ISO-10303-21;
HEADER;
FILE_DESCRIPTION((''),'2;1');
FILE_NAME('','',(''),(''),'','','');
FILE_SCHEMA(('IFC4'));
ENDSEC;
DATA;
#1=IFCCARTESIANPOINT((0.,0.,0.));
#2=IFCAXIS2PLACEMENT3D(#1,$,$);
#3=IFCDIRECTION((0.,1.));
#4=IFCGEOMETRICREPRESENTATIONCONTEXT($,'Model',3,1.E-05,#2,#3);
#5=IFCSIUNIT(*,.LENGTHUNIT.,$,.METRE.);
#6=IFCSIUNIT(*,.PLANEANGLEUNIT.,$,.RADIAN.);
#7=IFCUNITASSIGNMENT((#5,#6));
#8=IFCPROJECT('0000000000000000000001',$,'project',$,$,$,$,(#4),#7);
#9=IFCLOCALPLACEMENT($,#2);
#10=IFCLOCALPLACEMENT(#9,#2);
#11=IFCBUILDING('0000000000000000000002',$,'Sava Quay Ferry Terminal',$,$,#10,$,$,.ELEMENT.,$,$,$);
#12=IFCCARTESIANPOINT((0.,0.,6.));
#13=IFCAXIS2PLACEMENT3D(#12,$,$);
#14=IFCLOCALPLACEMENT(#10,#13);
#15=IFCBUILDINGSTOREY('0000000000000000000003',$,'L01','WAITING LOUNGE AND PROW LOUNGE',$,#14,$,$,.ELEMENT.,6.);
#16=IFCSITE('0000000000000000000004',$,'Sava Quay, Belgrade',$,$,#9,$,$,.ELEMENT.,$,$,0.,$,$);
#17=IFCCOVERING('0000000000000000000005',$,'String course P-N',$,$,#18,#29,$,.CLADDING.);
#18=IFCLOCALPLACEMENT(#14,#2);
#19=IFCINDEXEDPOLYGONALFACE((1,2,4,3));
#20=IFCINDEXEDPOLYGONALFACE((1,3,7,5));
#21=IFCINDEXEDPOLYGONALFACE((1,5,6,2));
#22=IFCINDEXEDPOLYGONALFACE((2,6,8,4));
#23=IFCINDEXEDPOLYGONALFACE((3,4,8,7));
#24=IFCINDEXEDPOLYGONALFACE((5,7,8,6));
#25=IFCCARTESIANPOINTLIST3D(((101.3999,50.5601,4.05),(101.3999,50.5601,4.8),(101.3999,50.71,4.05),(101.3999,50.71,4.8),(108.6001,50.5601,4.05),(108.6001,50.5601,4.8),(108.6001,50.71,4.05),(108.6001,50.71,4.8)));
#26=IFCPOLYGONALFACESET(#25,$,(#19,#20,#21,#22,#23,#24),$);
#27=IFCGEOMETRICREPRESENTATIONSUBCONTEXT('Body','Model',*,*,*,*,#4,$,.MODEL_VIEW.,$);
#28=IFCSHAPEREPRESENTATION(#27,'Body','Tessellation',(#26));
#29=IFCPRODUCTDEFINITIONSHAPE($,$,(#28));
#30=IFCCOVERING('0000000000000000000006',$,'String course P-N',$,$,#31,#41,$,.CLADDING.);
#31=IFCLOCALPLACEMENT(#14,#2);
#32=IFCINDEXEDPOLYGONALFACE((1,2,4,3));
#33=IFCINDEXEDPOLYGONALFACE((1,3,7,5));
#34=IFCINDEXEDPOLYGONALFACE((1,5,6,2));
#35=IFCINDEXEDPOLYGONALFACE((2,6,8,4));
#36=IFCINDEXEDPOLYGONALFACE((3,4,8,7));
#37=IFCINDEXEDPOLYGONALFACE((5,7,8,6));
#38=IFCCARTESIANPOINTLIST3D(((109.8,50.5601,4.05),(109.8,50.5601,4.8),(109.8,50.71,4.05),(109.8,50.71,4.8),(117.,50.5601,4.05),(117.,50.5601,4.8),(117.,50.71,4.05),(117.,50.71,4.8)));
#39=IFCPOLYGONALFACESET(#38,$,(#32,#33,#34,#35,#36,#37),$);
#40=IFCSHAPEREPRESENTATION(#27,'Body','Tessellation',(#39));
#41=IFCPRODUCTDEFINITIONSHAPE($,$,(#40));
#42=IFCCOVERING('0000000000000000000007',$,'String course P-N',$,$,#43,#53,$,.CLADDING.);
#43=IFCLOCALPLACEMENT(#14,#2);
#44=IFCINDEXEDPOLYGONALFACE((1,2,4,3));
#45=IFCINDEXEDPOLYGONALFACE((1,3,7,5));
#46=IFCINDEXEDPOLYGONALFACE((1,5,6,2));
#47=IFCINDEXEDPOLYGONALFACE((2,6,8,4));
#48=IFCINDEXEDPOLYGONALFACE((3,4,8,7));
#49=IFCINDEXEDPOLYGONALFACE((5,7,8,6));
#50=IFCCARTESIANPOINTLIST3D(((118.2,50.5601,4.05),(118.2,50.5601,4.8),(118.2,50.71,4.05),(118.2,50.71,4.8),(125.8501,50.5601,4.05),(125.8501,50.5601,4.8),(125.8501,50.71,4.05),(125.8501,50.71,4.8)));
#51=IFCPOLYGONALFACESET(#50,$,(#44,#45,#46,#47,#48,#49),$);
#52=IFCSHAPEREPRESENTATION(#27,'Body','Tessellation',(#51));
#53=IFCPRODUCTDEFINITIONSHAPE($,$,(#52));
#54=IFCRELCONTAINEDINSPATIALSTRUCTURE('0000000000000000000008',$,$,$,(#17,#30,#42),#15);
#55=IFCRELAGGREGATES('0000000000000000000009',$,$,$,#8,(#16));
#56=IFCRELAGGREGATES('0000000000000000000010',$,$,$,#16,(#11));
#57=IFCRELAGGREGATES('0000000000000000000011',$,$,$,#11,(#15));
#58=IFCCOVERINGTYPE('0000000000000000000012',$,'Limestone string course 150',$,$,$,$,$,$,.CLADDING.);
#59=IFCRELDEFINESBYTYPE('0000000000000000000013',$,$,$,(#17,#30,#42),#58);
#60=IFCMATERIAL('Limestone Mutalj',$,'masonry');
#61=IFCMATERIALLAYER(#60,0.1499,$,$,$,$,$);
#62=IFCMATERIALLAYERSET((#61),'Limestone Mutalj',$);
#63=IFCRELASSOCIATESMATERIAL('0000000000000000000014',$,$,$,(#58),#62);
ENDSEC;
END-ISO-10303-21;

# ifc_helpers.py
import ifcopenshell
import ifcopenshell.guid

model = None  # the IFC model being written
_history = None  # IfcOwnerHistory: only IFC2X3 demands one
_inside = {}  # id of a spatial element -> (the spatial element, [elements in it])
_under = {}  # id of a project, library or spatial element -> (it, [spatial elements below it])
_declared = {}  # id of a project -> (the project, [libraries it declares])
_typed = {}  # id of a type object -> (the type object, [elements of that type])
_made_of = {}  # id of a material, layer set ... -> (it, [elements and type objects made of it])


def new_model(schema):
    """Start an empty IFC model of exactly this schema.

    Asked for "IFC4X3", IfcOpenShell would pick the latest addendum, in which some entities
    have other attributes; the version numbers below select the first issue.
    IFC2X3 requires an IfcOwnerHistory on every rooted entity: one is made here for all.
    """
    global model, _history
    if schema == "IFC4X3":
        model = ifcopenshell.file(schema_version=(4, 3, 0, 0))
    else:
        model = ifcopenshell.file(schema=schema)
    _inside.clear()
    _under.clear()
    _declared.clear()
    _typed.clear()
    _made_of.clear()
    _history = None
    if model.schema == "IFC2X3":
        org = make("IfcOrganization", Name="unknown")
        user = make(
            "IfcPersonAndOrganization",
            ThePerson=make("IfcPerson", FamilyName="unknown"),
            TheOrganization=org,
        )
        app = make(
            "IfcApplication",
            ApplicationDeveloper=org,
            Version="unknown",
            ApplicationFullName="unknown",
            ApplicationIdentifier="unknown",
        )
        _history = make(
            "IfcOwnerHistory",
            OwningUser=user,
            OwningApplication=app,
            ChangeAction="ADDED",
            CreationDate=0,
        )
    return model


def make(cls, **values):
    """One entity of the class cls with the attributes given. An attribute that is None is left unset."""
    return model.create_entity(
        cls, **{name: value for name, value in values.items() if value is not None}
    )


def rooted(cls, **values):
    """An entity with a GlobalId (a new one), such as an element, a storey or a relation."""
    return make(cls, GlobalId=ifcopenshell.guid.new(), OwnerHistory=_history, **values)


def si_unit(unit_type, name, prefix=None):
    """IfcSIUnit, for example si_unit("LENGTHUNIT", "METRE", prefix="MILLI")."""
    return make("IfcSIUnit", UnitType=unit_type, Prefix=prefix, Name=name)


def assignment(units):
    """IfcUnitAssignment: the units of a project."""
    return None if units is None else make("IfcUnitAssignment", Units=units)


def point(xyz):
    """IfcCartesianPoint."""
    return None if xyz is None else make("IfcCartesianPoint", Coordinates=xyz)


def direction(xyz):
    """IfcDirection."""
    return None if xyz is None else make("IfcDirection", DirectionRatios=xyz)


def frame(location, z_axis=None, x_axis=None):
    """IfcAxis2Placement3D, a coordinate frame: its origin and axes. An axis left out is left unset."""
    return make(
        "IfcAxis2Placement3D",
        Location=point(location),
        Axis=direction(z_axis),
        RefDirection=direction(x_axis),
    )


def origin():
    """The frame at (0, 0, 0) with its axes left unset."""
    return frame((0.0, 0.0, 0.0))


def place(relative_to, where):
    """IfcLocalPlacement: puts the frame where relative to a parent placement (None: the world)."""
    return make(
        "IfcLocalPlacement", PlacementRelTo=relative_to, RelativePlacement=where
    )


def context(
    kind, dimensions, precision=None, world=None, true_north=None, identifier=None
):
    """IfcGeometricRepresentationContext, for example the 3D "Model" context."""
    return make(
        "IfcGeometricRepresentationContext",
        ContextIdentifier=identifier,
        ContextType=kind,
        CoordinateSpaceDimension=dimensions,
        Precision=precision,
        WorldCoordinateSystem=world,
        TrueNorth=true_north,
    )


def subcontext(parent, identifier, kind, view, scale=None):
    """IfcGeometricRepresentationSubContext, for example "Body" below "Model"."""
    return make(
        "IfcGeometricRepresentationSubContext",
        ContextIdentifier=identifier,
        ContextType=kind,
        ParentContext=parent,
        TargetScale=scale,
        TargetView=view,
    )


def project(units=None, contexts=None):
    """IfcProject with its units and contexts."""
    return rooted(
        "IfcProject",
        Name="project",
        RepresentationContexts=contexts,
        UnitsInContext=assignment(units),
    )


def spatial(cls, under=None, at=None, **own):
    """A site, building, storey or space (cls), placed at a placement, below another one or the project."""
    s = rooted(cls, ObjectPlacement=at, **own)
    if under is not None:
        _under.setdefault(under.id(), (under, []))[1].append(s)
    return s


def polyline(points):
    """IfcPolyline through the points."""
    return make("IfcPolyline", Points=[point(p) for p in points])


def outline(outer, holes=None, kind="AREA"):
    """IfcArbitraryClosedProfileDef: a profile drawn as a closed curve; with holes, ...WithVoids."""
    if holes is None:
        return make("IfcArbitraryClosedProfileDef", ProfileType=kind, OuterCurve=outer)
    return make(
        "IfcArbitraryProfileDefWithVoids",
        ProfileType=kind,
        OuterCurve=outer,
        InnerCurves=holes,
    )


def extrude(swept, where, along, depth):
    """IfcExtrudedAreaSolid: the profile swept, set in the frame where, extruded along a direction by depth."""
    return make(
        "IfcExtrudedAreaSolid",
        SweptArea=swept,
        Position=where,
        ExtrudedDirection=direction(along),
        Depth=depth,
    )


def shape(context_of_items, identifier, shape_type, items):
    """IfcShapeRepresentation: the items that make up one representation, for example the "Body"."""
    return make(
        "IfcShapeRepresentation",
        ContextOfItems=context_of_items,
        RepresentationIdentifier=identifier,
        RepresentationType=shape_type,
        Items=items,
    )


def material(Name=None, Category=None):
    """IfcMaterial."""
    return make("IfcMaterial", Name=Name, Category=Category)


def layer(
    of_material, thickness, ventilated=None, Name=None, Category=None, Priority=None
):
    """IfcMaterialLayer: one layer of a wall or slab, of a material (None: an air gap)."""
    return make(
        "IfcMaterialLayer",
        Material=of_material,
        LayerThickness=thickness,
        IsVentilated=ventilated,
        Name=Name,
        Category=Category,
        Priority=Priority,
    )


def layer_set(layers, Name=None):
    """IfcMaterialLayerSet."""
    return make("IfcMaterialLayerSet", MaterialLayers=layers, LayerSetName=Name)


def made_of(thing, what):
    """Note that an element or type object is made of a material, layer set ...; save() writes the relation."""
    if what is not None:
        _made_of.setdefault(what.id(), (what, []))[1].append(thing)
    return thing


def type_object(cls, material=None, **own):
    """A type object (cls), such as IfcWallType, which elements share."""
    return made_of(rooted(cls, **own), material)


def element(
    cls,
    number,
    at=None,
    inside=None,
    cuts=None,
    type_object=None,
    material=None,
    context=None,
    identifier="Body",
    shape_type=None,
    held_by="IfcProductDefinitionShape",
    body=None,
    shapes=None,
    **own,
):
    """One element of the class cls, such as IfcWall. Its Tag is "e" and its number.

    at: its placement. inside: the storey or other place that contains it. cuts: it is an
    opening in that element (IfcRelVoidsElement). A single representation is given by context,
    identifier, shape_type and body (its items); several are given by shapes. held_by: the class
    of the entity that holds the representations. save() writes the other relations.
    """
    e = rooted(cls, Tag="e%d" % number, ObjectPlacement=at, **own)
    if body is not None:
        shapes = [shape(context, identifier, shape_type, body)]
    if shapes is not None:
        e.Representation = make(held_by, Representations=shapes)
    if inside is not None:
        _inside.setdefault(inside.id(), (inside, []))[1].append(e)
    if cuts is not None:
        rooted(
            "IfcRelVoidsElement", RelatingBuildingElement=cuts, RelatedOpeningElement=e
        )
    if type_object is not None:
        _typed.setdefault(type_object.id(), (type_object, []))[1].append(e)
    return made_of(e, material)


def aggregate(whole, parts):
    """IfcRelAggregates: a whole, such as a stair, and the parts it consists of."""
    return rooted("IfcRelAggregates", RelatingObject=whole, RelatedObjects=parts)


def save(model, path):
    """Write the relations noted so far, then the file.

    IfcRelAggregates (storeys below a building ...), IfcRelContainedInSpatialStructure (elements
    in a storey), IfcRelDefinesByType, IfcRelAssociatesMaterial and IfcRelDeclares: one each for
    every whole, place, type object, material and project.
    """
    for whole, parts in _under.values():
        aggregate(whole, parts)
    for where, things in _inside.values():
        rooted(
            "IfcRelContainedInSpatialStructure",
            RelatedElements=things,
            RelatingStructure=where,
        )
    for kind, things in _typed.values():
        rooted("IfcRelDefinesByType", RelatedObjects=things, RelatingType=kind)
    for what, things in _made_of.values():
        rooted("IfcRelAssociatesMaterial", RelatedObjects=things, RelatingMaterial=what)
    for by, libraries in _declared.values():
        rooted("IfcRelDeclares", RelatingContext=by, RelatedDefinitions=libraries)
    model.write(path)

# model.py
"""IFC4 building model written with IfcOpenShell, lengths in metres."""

from ifc_helpers import new_model, si_unit, direction, frame, origin, place, context, subcontext, project, spatial, polyline, outline, extrude, material, layer, layer_set, type_object, element, save


model = new_model("IFC4")

# Units and contexts
model_context = context("Model", 3, precision=1e-05, world=origin(), true_north=direction((0.0, 1.0)))
body_context = subcontext(model_context, "Body", "Model", "MODEL_VIEW")
ifc_project = project(units=[si_unit("LENGTHUNIT", "METRE"), si_unit("PLANEANGLEUNIT", "RADIAN")], contexts=[model_context])

# Site, building, storey
site_placement = place(None, origin())
site = spatial("IfcSite", under=ifc_project, at=site_placement, Name="Sava Quay, Belgrade", CompositionType="ELEMENT", RefElevation=0.0)
building_placement = place(site_placement, origin())
building = spatial("IfcBuilding", under=site, at=building_placement, Name="Sava Quay Ferry Terminal", CompositionType="ELEMENT")
storey_placement = place(building_placement, frame((0.0, 0.0, 6.0)))
storey = spatial("IfcBuildingStorey", under=building, at=storey_placement, Name="L01", Description="WAITING LOUNGE AND PROW LOUNGE", CompositionType="ELEMENT", Elevation=6.0)

# Coverings
ifc_material_1 = material(Name="Limestone Mutalj", Category="masonry")
ifc_layer_1 = layer(ifc_material_1, 0.1499)
ifc_layer_set_1 = layer_set([ifc_layer_1], Name="Limestone Mutalj")
covering_type_1 = type_object("IfcCoveringType", Name="Limestone string course 150", PredefinedType="CLADDING", material=ifc_layer_set_1)
covering_1_placement = place(storey_placement, frame((0.0, 0.0, 4.05)))
element("IfcCovering", 1, at=covering_1_placement, inside=storey, type_object=covering_type_1, Name="String course P-N", PredefinedType="CLADDING", context=body_context, shape_type="SweptSolid", body=[
    extrude(outline(polyline([(101.3999, 50.5601), (108.6001, 50.5601), (108.6001, 50.71), (101.3999, 50.71), (101.3999, 50.5601)])), origin(), (0.0, 0.0, 1.0), 0.75),
])
covering_2_placement = place(storey_placement, frame((0.0, 0.0, 4.05)))
element("IfcCovering", 2, at=covering_2_placement, inside=storey, type_object=covering_type_1, Name="String course P-N", PredefinedType="CLADDING", context=body_context, shape_type="SweptSolid", body=[
    extrude(outline(polyline([(109.8, 50.5601), (117.0, 50.5601), (117.0, 50.71), (109.8, 50.71), (109.8, 50.5601)])), origin(), (0.0, 0.0, 1.0), 0.75),
])
covering_3_placement = place(storey_placement, frame((0.0, 0.0, 4.05)))
element("IfcCovering", 3, at=covering_3_placement, inside=storey, type_object=covering_type_1, Name="String course P-N", PredefinedType="CLADDING", context=body_context, shape_type="SweptSolid", body=[
    extrude(outline(polyline([(118.2, 50.5601), (125.8501, 50.5601), (125.8501, 50.71), (118.2, 50.71), (118.2, 50.5601)])), origin(), (0.0, 0.0, 1.0), 0.75),
])

save(model, "model.ifc")
